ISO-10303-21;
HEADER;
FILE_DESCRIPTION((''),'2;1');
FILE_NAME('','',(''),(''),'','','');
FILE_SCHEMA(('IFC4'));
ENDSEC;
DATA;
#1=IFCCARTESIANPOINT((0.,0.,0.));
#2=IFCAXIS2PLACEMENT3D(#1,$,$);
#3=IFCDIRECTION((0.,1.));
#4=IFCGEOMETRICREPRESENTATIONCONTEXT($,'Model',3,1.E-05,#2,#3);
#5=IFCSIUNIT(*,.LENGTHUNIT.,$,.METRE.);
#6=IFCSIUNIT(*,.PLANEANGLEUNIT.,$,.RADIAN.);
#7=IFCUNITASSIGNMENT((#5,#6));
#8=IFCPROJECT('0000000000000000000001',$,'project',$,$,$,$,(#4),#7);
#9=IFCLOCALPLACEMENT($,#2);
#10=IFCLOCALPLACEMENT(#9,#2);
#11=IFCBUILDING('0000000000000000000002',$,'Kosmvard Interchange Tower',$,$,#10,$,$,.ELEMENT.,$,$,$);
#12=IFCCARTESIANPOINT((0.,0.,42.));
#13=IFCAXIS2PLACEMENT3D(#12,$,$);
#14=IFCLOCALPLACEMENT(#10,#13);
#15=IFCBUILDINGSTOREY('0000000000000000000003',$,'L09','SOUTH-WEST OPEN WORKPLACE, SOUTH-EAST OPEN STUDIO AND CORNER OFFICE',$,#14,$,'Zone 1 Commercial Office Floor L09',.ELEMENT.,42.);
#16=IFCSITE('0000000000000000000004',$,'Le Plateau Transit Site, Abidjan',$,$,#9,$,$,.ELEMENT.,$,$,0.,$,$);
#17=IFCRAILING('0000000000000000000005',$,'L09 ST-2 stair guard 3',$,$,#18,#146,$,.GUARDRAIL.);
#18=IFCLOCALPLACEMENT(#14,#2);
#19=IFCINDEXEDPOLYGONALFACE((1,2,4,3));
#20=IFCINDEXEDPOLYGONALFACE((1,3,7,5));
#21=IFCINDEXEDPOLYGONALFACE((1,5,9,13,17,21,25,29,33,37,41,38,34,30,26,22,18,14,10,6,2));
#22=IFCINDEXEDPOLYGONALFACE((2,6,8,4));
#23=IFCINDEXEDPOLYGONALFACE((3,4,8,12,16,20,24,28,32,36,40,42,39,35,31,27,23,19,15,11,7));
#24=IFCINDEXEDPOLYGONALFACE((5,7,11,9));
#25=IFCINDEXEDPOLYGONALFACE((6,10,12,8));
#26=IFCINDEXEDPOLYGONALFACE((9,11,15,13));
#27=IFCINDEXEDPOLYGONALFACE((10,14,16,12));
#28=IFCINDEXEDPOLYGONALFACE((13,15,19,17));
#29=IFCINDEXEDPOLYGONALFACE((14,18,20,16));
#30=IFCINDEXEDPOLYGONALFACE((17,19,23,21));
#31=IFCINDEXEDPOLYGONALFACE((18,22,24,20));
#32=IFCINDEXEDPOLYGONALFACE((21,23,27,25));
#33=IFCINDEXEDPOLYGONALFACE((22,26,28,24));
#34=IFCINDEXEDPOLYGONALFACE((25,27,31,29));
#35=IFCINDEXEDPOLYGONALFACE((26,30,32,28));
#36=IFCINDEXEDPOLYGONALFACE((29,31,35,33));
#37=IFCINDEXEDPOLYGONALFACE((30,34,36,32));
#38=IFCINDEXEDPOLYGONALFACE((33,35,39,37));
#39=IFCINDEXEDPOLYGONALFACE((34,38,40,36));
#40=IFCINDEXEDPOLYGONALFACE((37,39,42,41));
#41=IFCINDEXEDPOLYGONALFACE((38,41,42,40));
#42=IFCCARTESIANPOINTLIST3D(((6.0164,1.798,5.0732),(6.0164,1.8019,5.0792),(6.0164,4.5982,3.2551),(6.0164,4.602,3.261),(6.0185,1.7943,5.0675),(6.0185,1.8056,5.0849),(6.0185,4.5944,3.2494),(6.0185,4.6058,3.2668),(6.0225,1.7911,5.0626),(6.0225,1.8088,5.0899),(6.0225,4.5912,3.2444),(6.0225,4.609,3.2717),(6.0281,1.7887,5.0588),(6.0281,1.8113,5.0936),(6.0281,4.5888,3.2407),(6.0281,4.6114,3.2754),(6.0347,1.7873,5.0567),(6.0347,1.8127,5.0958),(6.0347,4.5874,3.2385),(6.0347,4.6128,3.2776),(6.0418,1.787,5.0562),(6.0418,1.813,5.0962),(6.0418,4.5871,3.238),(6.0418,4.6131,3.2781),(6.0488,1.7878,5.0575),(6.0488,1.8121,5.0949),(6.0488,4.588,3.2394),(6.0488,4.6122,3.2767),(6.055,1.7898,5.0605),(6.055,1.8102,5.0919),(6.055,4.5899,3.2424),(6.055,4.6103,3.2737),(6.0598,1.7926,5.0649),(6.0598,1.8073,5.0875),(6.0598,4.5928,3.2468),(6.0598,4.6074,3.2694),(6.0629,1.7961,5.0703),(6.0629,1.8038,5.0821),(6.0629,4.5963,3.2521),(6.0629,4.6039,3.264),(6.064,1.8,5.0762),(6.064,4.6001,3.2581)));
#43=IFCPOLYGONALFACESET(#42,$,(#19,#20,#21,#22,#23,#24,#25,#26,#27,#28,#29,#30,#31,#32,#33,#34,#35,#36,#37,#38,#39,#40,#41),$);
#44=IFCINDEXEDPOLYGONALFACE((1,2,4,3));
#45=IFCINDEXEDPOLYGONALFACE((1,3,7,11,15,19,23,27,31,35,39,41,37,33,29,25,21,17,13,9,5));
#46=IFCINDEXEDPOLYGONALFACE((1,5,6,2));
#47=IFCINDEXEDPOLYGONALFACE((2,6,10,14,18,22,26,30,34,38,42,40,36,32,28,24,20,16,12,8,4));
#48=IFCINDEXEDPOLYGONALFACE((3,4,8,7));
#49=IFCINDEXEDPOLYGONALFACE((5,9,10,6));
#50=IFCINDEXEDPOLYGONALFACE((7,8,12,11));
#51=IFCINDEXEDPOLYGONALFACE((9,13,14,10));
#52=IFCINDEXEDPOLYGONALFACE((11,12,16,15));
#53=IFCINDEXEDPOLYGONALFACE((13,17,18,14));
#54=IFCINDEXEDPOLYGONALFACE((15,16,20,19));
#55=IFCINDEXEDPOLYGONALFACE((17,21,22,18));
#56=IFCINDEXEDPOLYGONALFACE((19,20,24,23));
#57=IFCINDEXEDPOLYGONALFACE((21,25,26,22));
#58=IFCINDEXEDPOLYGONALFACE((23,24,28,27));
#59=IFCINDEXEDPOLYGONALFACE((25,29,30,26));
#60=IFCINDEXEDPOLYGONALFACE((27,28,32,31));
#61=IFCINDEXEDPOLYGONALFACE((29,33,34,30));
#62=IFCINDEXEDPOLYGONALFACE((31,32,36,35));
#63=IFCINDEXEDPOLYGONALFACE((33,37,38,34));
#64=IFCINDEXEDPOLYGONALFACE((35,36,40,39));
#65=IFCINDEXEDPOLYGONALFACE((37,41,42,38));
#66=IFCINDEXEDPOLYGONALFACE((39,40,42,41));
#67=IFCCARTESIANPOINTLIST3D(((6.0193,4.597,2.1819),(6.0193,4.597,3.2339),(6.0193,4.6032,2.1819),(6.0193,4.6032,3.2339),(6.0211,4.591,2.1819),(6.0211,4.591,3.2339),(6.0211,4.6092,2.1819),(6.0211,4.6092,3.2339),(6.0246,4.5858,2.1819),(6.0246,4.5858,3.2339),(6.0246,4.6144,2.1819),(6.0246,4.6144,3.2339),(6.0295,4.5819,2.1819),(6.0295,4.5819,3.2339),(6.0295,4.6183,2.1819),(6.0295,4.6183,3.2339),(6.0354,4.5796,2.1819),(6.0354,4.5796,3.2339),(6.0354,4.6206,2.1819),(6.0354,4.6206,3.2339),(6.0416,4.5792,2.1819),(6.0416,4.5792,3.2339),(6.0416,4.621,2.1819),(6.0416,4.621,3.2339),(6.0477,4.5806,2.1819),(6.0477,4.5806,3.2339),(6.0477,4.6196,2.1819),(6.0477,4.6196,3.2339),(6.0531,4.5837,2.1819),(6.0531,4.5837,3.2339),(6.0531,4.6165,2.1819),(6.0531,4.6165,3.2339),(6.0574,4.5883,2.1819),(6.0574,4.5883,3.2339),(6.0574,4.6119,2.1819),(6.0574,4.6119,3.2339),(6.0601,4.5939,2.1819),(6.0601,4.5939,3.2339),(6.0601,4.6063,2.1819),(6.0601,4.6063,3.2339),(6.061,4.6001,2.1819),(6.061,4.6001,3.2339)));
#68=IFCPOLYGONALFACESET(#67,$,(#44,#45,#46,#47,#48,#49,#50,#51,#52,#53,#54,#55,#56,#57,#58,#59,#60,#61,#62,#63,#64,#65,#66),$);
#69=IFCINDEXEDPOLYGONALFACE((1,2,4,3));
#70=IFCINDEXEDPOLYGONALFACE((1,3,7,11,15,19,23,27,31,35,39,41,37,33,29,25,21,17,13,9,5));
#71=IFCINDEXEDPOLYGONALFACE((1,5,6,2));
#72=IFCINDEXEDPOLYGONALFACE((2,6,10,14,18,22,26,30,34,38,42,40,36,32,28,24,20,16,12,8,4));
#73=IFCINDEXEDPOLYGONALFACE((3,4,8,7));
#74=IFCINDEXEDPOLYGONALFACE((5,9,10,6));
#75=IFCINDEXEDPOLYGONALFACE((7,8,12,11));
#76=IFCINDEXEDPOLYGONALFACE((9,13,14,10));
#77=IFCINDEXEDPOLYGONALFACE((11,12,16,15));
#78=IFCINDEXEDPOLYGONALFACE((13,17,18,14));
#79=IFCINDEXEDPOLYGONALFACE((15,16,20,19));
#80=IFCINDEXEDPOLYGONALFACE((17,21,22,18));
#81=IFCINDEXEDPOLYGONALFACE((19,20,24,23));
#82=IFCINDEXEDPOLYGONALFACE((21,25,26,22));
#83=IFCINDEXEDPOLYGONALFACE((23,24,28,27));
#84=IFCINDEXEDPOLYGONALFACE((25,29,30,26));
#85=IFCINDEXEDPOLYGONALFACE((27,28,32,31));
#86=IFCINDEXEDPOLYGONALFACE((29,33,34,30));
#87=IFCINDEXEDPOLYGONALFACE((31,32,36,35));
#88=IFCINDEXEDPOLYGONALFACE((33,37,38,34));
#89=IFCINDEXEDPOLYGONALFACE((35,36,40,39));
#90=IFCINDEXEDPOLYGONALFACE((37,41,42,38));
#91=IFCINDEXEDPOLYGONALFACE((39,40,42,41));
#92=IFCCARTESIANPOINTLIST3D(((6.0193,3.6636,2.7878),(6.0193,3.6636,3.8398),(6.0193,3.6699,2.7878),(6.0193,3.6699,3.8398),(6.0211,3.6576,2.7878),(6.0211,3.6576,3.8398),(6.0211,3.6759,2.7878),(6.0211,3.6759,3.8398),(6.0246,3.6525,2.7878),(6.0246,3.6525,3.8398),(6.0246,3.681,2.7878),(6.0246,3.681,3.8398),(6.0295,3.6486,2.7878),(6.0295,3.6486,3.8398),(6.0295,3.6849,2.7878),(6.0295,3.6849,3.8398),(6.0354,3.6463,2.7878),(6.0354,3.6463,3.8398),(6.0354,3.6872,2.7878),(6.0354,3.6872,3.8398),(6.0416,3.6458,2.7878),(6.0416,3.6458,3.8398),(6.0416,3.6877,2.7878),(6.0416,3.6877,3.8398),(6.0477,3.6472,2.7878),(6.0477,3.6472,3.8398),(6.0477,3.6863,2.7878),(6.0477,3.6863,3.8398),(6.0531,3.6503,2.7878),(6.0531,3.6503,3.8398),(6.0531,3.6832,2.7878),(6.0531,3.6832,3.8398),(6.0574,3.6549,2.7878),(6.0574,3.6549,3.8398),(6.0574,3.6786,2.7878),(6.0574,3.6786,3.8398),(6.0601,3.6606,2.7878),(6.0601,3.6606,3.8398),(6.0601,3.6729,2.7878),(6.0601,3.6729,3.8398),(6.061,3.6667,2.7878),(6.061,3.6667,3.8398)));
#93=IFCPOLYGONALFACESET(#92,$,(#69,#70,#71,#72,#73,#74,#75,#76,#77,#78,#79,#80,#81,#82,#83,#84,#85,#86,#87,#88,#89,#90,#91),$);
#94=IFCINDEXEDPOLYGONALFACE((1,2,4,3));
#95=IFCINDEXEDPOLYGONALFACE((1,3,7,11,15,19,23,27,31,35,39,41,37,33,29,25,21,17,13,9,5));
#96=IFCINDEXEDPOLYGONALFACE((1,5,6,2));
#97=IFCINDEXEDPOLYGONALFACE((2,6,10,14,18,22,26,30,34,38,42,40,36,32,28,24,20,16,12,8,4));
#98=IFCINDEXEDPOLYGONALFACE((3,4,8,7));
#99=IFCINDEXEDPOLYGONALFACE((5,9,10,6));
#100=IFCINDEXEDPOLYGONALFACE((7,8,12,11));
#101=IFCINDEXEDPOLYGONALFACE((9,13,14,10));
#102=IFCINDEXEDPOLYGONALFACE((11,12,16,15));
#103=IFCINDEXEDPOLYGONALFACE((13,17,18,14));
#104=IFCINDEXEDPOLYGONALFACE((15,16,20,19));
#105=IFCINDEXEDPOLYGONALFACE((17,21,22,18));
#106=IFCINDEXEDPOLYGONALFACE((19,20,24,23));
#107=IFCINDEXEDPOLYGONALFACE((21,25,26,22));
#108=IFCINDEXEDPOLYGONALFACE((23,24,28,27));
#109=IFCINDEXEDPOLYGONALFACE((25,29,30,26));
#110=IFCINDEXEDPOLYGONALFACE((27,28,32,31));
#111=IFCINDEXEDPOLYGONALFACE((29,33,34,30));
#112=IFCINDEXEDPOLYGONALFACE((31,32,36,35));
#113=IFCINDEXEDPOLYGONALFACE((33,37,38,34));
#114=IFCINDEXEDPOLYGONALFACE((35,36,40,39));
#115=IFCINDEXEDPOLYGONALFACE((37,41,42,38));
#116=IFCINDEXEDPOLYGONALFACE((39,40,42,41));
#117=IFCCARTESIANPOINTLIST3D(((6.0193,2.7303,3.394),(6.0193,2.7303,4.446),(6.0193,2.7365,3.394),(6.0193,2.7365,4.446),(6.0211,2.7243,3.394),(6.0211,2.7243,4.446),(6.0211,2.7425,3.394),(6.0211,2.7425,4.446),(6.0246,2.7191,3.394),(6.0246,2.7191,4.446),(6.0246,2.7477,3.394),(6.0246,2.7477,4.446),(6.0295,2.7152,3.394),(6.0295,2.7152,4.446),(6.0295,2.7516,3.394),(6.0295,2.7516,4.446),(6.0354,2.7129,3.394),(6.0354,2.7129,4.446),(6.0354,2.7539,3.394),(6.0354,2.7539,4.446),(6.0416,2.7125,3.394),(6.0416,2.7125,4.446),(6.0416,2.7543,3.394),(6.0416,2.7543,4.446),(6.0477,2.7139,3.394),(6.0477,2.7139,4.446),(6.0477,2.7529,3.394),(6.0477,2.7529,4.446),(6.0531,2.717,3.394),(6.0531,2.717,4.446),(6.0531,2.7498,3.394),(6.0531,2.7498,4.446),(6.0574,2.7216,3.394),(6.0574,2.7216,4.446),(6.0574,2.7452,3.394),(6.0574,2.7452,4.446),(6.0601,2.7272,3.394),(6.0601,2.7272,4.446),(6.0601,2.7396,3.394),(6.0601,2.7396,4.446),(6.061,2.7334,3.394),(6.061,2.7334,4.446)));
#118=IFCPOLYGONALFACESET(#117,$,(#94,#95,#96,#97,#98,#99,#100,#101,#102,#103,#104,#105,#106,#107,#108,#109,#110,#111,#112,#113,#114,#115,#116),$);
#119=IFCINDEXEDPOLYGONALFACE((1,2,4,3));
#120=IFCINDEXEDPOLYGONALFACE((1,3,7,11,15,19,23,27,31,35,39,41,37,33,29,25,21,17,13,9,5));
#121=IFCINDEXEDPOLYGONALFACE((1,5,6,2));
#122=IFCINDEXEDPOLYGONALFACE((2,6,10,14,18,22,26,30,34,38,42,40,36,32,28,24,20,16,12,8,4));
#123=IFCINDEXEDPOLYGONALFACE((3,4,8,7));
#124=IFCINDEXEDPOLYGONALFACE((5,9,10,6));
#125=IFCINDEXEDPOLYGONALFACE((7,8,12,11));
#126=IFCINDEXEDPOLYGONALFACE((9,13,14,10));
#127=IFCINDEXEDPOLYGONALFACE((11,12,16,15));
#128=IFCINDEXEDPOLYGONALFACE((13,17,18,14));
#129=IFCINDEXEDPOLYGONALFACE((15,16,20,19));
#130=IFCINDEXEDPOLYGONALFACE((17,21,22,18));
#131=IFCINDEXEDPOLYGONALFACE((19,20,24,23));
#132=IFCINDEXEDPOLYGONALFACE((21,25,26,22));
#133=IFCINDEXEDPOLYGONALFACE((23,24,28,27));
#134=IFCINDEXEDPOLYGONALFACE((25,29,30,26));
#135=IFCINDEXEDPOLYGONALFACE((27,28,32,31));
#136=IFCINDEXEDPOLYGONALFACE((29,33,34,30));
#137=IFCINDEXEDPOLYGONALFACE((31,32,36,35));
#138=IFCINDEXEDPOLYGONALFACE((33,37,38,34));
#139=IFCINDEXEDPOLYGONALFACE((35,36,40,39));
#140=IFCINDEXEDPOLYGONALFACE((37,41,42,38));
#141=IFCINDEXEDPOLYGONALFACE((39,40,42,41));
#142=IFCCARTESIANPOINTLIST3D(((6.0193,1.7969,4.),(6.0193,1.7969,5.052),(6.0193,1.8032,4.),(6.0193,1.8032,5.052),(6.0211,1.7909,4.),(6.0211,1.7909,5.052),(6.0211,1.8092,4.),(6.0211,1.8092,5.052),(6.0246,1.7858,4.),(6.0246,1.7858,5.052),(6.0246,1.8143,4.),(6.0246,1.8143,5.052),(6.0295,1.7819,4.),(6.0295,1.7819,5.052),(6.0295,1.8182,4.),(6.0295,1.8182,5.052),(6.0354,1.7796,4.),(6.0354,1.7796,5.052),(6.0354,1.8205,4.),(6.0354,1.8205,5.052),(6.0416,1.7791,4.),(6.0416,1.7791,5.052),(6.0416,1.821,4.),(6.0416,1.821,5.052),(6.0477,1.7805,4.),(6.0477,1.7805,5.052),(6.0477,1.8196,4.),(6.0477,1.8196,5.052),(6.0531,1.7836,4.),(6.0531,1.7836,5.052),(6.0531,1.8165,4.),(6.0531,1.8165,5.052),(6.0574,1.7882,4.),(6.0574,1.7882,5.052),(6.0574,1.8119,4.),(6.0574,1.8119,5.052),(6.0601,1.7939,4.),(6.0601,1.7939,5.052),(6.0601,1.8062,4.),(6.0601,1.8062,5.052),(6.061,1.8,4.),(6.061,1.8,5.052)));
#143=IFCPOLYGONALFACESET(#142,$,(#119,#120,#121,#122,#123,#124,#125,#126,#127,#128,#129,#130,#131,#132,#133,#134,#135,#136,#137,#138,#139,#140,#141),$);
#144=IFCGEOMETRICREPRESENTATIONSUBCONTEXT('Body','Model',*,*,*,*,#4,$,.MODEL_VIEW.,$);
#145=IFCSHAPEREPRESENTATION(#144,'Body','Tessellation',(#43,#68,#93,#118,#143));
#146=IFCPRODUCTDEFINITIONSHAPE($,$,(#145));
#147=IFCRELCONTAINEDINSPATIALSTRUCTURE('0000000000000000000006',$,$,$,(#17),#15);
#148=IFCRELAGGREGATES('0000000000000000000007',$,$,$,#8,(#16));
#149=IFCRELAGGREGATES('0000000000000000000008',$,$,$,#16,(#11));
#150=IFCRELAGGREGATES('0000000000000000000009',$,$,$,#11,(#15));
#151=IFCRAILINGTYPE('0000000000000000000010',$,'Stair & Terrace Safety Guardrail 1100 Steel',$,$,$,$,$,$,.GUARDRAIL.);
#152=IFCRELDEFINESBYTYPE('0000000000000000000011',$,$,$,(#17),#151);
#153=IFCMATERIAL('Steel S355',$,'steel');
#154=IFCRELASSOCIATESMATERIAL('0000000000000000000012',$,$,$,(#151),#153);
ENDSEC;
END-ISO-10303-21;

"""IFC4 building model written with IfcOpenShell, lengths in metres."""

from ifc_helpers import new_model, si_unit, direction, frame, origin, origin_2d, place, context, subcontext, project, spatial, circle, extrude, source, transform, mapped, material, type_object, element, save


model = new_model("IFC4")

# Units and contexts
model_context = context("Model", 3, precision=1e-05, world=origin(), true_north=direction((0.0, 1.0)))
body_context = subcontext(model_context, "Body", "Model", "MODEL_VIEW")
ifc_project = project(units=[si_unit("LENGTHUNIT", "METRE"), si_unit("PLANEANGLEUNIT", "RADIAN")], contexts=[model_context])

# Site, building, storey
site_placement = place(None, origin())
site = spatial("IfcSite", under=ifc_project, at=site_placement, Name="Le Plateau Transit Site, Abidjan", CompositionType="ELEMENT", RefElevation=0.0)
building_placement = place(site_placement, origin())
building = spatial("IfcBuilding", under=site, at=building_placement, Name="Kosmvard Interchange Tower", CompositionType="ELEMENT")
storey_placement = place(building_placement, frame((0.0, 0.0, 42.0)))
storey = spatial("IfcBuildingStorey", under=building, at=storey_placement, Name="L09", Description="SOUTH-WEST OPEN WORKPLACE, SOUTH-EAST OPEN STUDIO AND CORNER OFFICE", LongName="Zone 1 Commercial Office Floor L09", CompositionType="ELEMENT", Elevation=42.0)

# Shared definitions
ifc_material_1 = material(Name="Steel S355", Category="steel")

# Railing
railing_type_1 = type_object("IfcRailingType", Name="Stair & Terrace Safety Guardrail 1100 Steel", PredefinedType="GUARDRAIL", material=ifc_material_1)
shared_shape_1 = source(origin(), body_context, "Body", "SweptSolid", [
    extrude(circle(Radius=0.0239, at=origin_2d()), frame((0.0, 0.0, 1.0762), z_axis=(0.0, -0.838706, 0.544585), x_axis=(1.0, 0.0, 0.0)), (0.0, 0.0, 1.0), 3.3386),
    extrude(circle(Radius=0.021, at=origin_2d()), origin(), (0.0, 0.0, 1.0), 1.052),
    extrude(circle(Radius=0.021, at=origin_2d()), frame((0.0, -0.9333, 0.606)), (0.0, 0.0, 1.0), 1.052),
    extrude(circle(Radius=0.021, at=origin_2d()), frame((0.0, -1.8667, 1.2122)), (0.0, 0.0, 1.0), 1.052),
    extrude(circle(Radius=0.021, at=origin_2d()), frame((0.0, -2.8, 1.8181)), (0.0, 0.0, 1.0), 1.052),
])
railing_1_placement = place(storey_placement, frame((6.04, 4.6001, 2.1819)))
element("IfcRailing", 1, at=railing_1_placement, inside=storey, type_object=railing_type_1, Name="L09 ST-2 stair guard 3", PredefinedType="GUARDRAIL", context=body_context, shape_type="MappedRepresentation", body=[
    mapped(shared_shape_1, transform((0.0, 0.0, 0.0), scale=1.0)),
])

save(model, "model.ifc")
